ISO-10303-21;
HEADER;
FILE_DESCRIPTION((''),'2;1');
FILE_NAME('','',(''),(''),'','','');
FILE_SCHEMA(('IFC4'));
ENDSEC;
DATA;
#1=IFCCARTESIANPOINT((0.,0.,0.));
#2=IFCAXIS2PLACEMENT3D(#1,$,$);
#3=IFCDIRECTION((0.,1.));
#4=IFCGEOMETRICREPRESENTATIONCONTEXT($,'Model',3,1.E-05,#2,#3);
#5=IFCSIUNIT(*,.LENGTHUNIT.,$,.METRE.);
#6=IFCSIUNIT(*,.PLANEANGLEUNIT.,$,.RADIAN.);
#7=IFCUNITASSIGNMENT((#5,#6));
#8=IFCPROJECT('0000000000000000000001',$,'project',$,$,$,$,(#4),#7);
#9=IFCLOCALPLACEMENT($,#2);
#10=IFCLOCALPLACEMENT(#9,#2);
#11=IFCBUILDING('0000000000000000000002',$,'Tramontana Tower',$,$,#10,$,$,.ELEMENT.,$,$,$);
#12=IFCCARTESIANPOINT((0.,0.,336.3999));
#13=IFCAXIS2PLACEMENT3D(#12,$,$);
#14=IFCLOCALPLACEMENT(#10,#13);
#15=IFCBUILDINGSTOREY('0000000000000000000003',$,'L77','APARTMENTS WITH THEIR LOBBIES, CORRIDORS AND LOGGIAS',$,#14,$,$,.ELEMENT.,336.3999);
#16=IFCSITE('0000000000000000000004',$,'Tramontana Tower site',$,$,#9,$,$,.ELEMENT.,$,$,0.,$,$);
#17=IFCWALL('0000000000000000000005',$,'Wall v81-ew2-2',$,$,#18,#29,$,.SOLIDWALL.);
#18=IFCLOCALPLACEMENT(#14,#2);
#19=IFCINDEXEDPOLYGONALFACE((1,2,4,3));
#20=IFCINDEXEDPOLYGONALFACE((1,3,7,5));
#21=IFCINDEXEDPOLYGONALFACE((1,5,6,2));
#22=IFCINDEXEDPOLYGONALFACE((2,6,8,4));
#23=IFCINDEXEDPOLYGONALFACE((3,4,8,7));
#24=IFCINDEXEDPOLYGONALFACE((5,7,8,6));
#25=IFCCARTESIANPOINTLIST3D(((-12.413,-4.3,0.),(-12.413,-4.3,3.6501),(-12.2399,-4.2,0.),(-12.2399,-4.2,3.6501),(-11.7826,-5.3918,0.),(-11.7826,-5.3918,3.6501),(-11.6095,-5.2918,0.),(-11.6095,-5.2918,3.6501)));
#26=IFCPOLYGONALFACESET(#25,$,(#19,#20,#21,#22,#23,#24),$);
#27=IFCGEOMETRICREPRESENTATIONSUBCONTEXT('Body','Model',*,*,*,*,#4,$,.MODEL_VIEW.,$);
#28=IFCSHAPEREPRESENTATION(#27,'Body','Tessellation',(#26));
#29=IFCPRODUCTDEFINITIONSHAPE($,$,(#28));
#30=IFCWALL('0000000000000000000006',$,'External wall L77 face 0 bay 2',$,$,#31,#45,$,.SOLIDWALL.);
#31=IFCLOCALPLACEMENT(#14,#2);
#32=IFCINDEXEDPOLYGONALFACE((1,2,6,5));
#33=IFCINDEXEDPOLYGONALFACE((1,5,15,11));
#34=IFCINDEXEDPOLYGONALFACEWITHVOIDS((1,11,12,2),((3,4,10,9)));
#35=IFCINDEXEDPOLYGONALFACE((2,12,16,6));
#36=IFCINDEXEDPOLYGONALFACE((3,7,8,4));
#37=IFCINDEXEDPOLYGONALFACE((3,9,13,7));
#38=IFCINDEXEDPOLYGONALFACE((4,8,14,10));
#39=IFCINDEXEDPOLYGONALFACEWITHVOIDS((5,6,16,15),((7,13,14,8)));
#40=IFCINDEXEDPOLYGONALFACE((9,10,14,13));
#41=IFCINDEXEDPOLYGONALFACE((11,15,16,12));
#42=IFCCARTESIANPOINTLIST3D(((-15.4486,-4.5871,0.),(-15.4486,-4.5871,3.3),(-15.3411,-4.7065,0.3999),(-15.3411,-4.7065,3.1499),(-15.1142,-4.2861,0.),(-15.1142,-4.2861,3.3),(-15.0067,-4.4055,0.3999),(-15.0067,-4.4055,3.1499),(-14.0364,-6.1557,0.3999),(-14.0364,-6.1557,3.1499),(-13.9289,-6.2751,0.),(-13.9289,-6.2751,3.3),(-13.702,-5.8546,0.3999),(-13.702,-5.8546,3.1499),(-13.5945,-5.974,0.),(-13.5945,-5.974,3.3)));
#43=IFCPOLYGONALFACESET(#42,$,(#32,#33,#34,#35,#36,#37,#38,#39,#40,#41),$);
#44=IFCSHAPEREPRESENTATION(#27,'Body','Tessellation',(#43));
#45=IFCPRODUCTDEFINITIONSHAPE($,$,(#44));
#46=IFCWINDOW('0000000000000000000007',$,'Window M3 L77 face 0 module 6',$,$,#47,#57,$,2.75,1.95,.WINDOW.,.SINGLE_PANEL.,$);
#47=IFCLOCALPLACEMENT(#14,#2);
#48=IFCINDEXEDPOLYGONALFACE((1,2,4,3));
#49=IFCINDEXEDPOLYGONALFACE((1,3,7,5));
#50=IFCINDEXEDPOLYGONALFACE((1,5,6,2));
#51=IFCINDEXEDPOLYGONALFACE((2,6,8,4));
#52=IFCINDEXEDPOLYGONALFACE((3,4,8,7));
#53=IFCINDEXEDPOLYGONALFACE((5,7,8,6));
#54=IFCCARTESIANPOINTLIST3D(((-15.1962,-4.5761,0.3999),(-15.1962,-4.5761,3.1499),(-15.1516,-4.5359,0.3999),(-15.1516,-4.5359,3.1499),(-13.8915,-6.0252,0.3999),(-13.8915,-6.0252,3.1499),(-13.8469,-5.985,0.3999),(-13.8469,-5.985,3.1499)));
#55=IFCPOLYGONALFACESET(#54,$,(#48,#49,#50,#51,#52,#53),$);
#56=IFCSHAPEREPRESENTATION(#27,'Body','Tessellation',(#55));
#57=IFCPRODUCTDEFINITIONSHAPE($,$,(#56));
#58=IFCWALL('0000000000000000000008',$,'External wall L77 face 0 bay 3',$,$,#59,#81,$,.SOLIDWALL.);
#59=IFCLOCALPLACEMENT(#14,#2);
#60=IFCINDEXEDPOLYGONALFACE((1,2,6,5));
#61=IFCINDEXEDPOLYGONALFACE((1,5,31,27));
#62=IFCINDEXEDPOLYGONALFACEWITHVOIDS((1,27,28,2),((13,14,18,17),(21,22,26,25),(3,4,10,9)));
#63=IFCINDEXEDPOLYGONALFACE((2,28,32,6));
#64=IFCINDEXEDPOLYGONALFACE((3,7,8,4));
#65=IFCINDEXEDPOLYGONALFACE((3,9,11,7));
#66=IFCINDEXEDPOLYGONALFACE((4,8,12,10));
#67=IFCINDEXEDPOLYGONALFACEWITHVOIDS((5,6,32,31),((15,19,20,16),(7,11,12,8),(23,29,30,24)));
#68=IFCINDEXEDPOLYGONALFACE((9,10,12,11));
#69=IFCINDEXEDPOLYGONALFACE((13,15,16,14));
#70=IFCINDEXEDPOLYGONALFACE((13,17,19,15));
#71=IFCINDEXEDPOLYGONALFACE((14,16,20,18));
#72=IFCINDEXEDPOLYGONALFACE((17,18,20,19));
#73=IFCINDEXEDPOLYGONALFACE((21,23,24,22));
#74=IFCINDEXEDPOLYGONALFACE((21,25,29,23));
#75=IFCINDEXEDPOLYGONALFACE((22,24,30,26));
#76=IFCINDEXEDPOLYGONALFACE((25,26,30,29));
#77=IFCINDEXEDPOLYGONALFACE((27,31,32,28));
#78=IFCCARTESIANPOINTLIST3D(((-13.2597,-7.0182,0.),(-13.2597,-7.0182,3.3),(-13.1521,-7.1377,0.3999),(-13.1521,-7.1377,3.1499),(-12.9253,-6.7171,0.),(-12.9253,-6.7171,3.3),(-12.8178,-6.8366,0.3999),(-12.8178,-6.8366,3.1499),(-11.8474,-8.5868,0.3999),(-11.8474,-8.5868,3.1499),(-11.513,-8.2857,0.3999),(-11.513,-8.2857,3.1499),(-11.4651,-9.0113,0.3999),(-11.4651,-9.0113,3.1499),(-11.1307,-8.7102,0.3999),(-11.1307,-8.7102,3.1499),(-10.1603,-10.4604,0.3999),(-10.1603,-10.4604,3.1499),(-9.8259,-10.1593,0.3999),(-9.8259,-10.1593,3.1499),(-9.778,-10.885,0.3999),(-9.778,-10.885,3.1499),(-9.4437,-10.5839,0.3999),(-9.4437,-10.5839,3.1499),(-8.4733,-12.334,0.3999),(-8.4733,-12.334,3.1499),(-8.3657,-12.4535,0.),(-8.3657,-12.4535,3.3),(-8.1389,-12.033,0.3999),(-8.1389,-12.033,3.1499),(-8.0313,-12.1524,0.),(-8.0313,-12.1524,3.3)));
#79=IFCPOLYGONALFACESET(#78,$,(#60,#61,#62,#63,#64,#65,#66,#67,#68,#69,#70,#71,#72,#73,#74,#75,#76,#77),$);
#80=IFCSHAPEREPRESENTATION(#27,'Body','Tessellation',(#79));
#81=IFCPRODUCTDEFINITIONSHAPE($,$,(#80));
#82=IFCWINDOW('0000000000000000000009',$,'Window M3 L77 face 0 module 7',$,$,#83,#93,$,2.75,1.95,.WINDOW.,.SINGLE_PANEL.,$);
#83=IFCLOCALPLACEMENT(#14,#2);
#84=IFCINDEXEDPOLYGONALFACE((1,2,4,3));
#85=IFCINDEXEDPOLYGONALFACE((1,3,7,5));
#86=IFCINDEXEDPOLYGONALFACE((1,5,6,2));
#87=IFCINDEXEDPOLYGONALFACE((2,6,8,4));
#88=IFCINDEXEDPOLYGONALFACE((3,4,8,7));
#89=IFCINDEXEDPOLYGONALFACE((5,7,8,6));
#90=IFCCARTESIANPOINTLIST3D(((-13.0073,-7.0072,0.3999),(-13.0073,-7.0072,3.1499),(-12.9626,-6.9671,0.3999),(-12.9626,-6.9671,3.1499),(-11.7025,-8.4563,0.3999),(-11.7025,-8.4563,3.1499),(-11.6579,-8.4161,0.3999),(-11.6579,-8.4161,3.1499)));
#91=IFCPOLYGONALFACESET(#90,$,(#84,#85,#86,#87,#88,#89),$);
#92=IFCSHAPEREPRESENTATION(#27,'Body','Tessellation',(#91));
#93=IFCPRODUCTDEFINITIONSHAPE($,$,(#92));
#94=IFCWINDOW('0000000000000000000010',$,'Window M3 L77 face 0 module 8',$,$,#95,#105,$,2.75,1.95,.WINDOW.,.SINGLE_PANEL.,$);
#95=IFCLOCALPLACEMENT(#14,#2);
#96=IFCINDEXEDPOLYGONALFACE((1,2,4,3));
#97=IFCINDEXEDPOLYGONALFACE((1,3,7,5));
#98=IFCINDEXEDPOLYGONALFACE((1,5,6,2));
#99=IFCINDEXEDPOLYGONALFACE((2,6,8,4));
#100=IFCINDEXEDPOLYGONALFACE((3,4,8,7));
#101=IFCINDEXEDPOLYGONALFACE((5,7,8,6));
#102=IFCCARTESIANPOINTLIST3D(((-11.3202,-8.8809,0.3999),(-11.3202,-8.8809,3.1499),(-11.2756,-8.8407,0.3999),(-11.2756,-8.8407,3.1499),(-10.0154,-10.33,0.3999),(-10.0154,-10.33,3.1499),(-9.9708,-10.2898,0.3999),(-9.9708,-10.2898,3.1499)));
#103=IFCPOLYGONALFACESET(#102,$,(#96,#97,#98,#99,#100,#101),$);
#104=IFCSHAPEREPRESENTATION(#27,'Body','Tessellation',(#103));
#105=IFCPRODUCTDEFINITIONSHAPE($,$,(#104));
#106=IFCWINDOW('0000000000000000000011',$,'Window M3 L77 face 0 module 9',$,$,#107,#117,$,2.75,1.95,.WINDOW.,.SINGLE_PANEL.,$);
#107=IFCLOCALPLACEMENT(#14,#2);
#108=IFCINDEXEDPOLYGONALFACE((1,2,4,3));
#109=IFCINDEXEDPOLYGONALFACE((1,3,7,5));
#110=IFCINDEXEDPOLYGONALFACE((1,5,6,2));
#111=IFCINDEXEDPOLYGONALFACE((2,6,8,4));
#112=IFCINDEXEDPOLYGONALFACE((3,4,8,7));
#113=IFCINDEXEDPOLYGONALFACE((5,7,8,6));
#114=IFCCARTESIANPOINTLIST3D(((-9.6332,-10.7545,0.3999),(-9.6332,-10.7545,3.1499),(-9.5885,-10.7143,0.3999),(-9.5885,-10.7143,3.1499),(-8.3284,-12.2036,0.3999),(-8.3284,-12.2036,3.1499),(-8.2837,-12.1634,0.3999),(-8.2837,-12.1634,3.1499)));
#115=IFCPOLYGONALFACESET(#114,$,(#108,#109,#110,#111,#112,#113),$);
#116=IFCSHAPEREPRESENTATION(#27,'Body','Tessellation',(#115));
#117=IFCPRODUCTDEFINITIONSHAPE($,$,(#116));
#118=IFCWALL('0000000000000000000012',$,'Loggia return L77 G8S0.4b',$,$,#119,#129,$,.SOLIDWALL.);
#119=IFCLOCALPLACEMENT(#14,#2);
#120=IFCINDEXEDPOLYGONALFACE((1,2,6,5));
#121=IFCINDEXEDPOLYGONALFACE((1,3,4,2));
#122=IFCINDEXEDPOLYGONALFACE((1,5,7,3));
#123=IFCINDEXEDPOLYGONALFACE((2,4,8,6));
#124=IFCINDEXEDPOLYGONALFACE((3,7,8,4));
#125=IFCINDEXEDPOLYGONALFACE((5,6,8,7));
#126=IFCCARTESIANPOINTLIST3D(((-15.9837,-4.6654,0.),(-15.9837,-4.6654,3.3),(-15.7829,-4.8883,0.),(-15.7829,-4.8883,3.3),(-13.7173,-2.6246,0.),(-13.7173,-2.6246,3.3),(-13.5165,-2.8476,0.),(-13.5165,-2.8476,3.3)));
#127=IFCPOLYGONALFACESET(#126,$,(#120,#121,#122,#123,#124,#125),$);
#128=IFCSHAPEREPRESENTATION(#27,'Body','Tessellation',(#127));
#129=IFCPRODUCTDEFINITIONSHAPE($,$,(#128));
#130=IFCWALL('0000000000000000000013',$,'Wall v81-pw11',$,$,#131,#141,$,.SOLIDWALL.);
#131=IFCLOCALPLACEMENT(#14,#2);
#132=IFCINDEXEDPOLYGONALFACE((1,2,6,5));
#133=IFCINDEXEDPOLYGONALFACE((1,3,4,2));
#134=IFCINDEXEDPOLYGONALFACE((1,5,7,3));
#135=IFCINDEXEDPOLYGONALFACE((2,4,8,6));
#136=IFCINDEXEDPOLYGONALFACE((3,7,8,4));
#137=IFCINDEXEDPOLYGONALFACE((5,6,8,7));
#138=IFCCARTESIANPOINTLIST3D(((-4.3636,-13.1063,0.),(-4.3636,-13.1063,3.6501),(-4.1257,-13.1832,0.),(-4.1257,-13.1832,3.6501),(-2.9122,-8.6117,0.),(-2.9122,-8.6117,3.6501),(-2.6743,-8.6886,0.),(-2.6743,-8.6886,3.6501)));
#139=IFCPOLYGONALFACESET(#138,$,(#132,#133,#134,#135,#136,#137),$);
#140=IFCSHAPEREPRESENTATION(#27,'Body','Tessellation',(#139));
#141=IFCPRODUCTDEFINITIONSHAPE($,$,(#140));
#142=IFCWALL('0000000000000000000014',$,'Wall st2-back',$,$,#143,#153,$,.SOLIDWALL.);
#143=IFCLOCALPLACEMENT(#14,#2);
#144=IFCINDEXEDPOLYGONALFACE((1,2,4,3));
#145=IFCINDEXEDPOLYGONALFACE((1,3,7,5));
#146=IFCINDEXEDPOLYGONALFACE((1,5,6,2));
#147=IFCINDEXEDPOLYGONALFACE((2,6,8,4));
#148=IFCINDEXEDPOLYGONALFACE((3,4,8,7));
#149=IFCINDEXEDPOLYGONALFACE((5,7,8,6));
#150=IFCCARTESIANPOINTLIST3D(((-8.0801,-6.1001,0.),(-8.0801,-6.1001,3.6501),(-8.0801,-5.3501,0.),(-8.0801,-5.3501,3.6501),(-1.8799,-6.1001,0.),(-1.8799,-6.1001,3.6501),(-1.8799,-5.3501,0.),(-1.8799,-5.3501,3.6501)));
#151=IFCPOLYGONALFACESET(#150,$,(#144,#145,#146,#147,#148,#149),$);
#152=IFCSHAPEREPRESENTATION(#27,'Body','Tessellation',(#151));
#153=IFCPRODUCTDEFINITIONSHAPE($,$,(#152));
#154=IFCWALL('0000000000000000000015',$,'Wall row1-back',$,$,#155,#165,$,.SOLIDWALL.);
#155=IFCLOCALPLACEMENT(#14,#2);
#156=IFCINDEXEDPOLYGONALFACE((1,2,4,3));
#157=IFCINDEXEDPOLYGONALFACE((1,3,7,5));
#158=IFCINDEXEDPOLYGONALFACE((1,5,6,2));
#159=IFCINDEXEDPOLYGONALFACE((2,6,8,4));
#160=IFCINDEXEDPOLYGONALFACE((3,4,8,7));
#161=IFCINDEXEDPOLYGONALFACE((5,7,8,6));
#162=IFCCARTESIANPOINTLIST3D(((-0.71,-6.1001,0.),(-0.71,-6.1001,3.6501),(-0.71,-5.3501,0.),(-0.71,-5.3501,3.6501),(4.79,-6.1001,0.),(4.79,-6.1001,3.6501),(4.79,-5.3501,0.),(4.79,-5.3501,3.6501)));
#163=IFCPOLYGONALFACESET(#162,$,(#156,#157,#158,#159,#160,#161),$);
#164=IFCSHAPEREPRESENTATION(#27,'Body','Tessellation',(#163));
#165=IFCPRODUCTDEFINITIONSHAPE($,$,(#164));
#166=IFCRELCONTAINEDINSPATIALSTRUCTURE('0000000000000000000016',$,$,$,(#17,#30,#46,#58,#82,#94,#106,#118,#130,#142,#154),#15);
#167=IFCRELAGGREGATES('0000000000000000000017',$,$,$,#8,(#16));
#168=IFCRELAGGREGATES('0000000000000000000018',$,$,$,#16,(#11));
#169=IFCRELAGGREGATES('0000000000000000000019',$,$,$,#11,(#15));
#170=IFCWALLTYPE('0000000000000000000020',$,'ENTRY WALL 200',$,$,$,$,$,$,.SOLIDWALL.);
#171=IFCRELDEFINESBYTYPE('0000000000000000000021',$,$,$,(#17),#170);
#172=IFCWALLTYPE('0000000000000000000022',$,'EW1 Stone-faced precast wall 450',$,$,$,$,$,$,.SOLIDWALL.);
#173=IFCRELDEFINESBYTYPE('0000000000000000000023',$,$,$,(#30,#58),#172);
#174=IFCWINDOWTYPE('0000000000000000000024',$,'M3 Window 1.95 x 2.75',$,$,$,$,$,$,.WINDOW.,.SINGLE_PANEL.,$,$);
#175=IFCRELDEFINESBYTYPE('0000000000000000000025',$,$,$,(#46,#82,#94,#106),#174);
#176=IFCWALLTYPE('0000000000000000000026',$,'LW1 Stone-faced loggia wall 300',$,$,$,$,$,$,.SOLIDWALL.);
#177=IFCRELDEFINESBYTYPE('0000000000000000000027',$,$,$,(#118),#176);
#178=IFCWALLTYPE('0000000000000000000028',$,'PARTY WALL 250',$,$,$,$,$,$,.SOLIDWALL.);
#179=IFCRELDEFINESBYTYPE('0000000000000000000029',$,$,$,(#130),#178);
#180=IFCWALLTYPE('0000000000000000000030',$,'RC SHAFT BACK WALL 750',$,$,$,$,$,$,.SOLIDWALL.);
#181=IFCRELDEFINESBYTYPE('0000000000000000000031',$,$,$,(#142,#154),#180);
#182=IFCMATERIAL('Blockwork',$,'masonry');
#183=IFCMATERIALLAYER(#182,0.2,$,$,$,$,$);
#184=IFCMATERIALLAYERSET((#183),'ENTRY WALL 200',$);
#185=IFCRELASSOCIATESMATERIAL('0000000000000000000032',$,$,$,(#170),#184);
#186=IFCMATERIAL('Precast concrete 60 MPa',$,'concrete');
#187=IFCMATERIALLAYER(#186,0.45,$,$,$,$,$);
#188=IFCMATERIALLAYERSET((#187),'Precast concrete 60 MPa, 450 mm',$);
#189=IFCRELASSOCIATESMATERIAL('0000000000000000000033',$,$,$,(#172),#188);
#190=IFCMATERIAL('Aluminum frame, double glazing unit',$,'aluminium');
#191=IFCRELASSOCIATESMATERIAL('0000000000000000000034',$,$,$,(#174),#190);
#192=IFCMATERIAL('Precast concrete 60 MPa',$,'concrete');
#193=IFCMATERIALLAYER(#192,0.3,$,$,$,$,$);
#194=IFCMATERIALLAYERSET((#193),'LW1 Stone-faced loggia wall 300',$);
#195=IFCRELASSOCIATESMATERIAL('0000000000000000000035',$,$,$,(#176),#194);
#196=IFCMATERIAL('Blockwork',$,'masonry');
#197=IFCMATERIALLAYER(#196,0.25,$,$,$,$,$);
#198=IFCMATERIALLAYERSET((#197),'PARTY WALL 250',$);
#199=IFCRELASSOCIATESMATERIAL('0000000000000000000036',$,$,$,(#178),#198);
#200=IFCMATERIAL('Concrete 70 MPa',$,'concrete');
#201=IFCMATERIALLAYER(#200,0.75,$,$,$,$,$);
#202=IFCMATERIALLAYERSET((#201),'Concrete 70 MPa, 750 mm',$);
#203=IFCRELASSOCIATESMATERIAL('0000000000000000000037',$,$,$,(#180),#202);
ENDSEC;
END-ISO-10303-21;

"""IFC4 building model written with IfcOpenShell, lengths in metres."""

from ifc_helpers import new_model, si_unit, direction, frame, frame_2d, origin, place, context, subcontext, project, spatial, rectangle, extrude, material, layer, layer_set, type_object, element, fill, save


model = new_model("IFC4")

# Units and contexts
model_context = context("Model", 3, precision=1e-05, world=origin(), true_north=direction((0.0, 1.0)))
body_context = subcontext(model_context, "Body", "Model", "MODEL_VIEW")
ifc_project = project(units=[si_unit("LENGTHUNIT", "METRE"), si_unit("PLANEANGLEUNIT", "RADIAN")], contexts=[model_context])

# Site, building, storey
site_placement = place(None, origin())
site = spatial("IfcSite", under=ifc_project, at=site_placement, Name="Tramontana Tower site", CompositionType="ELEMENT", RefElevation=0.0)
building_placement = place(site_placement, origin())
building = spatial("IfcBuilding", under=site, at=building_placement, Name="Tramontana Tower", CompositionType="ELEMENT")
storey_placement = place(building_placement, frame((0.0, 0.0, 336.3999)))
storey = spatial("IfcBuildingStorey", under=building, at=storey_placement, Name="L77", Description="APARTMENTS WITH THEIR LOBBIES, CORRIDORS AND LOGGIAS", CompositionType="ELEMENT", Elevation=336.3999)

# Wall
ifc_material_1 = material(Name="Blockwork", Category="masonry")
ifc_layer_1 = layer(ifc_material_1, 0.2)
ifc_layer_set_1 = layer_set([ifc_layer_1], Name="ENTRY WALL 200")
wall_type_1 = type_object("IfcWallType", Name="ENTRY WALL 200", PredefinedType="SOLIDWALL", material=ifc_layer_set_1)
wall_1_placement = place(storey_placement, frame((-11.696, -5.3418, 0.0), z_axis=(0.0, 0.0, 1.0), x_axis=(-0.500013, 0.866018, 0.0)))
element("IfcWall", 1, at=wall_1_placement, inside=storey, type_object=wall_type_1, Name="Wall v81-ew2-2", PredefinedType="SOLIDWALL", context=body_context, shape_type="SweptSolid", body=[
    extrude(rectangle(XDim=1.2607, YDim=0.2, at=frame_2d((0.6304, 0.0))), origin(), (0.0, 0.0, 1.0), 3.6501),
])

# Wall, opening, window
ifc_material_2 = material(Name="Precast concrete 60 MPa", Category="concrete")
ifc_layer_2 = layer(ifc_material_2, 0.45)
ifc_layer_set_2 = layer_set([ifc_layer_2], Name="Precast concrete 60 MPa, 450 mm")
wall_type_2 = type_object("IfcWallType", Name="EW1 Stone-faced precast wall 450", PredefinedType="SOLIDWALL", material=ifc_layer_set_2)
wall_2_placement = place(storey_placement, frame((-15.2815, -4.4365, 0.0), z_axis=(0.0, 0.0, 1.0), x_axis=(0.669107, -0.743166, 0.0)))
wall_2 = element("IfcWall", 2, at=wall_2_placement, inside=storey, type_object=wall_type_2, Name="External wall L77 face 0 bay 2", PredefinedType="SOLIDWALL", context=body_context, shape_type="SweptSolid", body=[
    extrude(rectangle(XDim=2.2712, YDim=0.45, at=frame_2d((1.1357, 0.0))), origin(), (0.0, 0.0, 1.0), 3.3),
])
opening_1_placement = place(wall_2_placement, frame((0.1606, 0.0, 0.3999)))
opening_1 = element("IfcOpeningElement", 3, at=opening_1_placement, cuts=wall_2, PredefinedType="OPENING", context=body_context, shape_type="SweptSolid", body=[
    extrude(rectangle(XDim=1.95, YDim=2.75, at=frame_2d((0.9751, 1.375))), frame((0.0, 0.2349, 0.0), z_axis=(0.0, -1.0, 0.0), x_axis=(1.0, 0.0, 0.0)), (0.0, 0.0, 1.0), 0.47),
])
ifc_material_3 = material(Name="Aluminum frame, double glazing unit", Category="aluminium")
window_type = type_object("IfcWindowType", Name="M3 Window 1.95 x 2.75", PartitioningType="SINGLE_PANEL", PredefinedType="WINDOW", material=ifc_material_3)
window_1_placement = place(opening_1_placement, origin())
window_1 = element("IfcWindow", 4, at=window_1_placement, inside=storey, type_object=window_type, Name="Window M3 L77 face 0 module 6", OverallHeight=2.75, OverallWidth=1.95, PartitioningType="SINGLE_PANEL", PredefinedType="WINDOW", context=body_context, shape_type="SweptSolid", body=[
    extrude(rectangle(XDim=1.95, YDim=2.75, at=frame_2d((0.9751, 1.375))), frame((0.0, 0.03, 0.0), z_axis=(0.0, -1.0, 0.0), x_axis=(1.0, 0.0, 0.0)), (0.0, 0.0, 1.0), 0.0601),
])
fill(opening_1, window_1)

# Wall, openings, windows
wall_3_placement = place(storey_placement, frame((-13.0925, -6.8677, 0.0), z_axis=(0.0, 0.0, 1.0), x_axis=(0.669136, -0.74314, 0.0)))
wall_3 = element("IfcWall", 5, at=wall_3_placement, inside=storey, type_object=wall_type_2, Name="External wall L77 face 0 bay 3", PredefinedType="SOLIDWALL", context=body_context, shape_type="SweptSolid", body=[
    extrude(rectangle(XDim=7.314, YDim=0.45, at=frame_2d((3.657, 0.0))), origin(), (0.0, 0.0, 1.0), 3.3),
])
opening_2_placement = place(wall_3_placement, frame((0.1606, 0.0, 0.3999)))
opening_2 = element("IfcOpeningElement", 6, at=opening_2_placement, cuts=wall_3, PredefinedType="OPENING", context=body_context, shape_type="SweptSolid", body=[
    extrude(rectangle(XDim=1.95, YDim=2.75, at=frame_2d((0.9751, 1.375))), frame((0.0, 0.2349, 0.0), z_axis=(0.0, -1.0, 0.0), x_axis=(1.0, 0.0, 0.0)), (0.0, 0.0, 1.0), 0.47),
])
opening_3_placement = place(wall_3_placement, frame((2.6819, 0.0, 0.3999)))
opening_3 = element("IfcOpeningElement", 7, at=opening_3_placement, cuts=wall_3, PredefinedType="OPENING", context=body_context, shape_type="SweptSolid", body=[
    extrude(rectangle(XDim=1.95, YDim=2.75, at=frame_2d((0.9751, 1.375))), frame((0.0, 0.2349, 0.0), z_axis=(0.0, -1.0, 0.0), x_axis=(1.0, 0.0, 0.0)), (0.0, 0.0, 1.0), 0.47),
])
opening_4_placement = place(wall_3_placement, frame((5.2031, 0.0, 0.3999)))
opening_4 = element("IfcOpeningElement", 8, at=opening_4_placement, cuts=wall_3, PredefinedType="OPENING", context=body_context, shape_type="SweptSolid", body=[
    extrude(rectangle(XDim=1.95, YDim=2.75, at=frame_2d((0.9751, 1.375))), frame((0.0, 0.2349, 0.0), z_axis=(0.0, -1.0, 0.0), x_axis=(1.0, 0.0, 0.0)), (0.0, 0.0, 1.0), 0.47),
])
window_2_placement = place(opening_2_placement, origin())
window_2 = element("IfcWindow", 9, at=window_2_placement, inside=storey, type_object=window_type, Name="Window M3 L77 face 0 module 7", OverallHeight=2.75, OverallWidth=1.95, PartitioningType="SINGLE_PANEL", PredefinedType="WINDOW", context=body_context, shape_type="SweptSolid", body=[
    extrude(rectangle(XDim=1.95, YDim=2.75, at=frame_2d((0.9751, 1.375))), frame((0.0, 0.03, 0.0), z_axis=(0.0, -1.0, 0.0), x_axis=(1.0, 0.0, 0.0)), (0.0, 0.0, 1.0), 0.0601),
])
fill(opening_2, window_2)
window_3_placement = place(opening_3_placement, origin())
window_3 = element("IfcWindow", 10, at=window_3_placement, inside=storey, type_object=window_type, Name="Window M3 L77 face 0 module 8", OverallHeight=2.75, OverallWidth=1.95, PartitioningType="SINGLE_PANEL", PredefinedType="WINDOW", context=body_context, shape_type="SweptSolid", body=[
    extrude(rectangle(XDim=1.95, YDim=2.75, at=frame_2d((0.9751, 1.375))), frame((0.0, 0.03, 0.0), z_axis=(0.0, -1.0, 0.0), x_axis=(1.0, 0.0, 0.0)), (0.0, 0.0, 1.0), 0.0601),
])
fill(opening_3, window_3)
window_4_placement = place(opening_4_placement, origin())
window_4 = element("IfcWindow", 11, at=window_4_placement, inside=storey, type_object=window_type, Name="Window M3 L77 face 0 module 9", OverallHeight=2.75, OverallWidth=1.95, PartitioningType="SINGLE_PANEL", PredefinedType="WINDOW", context=body_context, shape_type="SweptSolid", body=[
    extrude(rectangle(XDim=1.95, YDim=2.75, at=frame_2d((0.9751, 1.375))), frame((0.0, 0.03, 0.0), z_axis=(0.0, -1.0, 0.0), x_axis=(1.0, 0.0, 0.0)), (0.0, 0.0, 1.0), 0.0601),
])
fill(opening_4, window_4)

# Walls
ifc_material_4 = material(Name="Precast concrete 60 MPa", Category="concrete")
ifc_layer_3 = layer(ifc_material_4, 0.3)
ifc_layer_set_3 = layer_set([ifc_layer_3], Name="LW1 Stone-faced loggia wall 300")
wall_type_3 = type_object("IfcWallType", Name="LW1 Stone-faced loggia wall 300", PredefinedType="SOLIDWALL", material=ifc_layer_set_3)
wall_4_placement = place(storey_placement, frame((-15.8833, -4.7769, 0.0), z_axis=(0.0, 0.0, 1.0), x_axis=(0.743123, 0.669155, 0.0)))
element("IfcWall", 12, at=wall_4_placement, inside=storey, type_object=wall_type_3, Name="Loggia return L77 G8S0.4b", PredefinedType="SOLIDWALL", context=body_context, shape_type="SweptSolid", body=[
    extrude(rectangle(XDim=3.0498, YDim=0.3, at=frame_2d((1.5249, 0.0))), origin(), (0.0, 0.0, 1.0), 3.3),
])
ifc_material_5 = material(Name="Blockwork", Category="masonry")
ifc_layer_4 = layer(ifc_material_5, 0.25)
ifc_layer_set_4 = layer_set([ifc_layer_4], Name="PARTY WALL 250")
wall_type_4 = type_object("IfcWallType", Name="PARTY WALL 250", PredefinedType="SOLIDWALL", material=ifc_layer_set_4)
wall_5_placement = place(storey_placement, frame((-2.7932, -8.6501, 0.0), z_axis=(0.0, 0.0, 1.0), x_axis=(-0.307297, -0.951614, 0.0)))
element("IfcWall", 13, at=wall_5_placement, inside=storey, type_object=wall_type_4, Name="Wall v81-pw11", PredefinedType="SOLIDWALL", context=body_context, shape_type="SweptSolid", body=[
    extrude(rectangle(XDim=4.7231, YDim=0.25, at=frame_2d((2.3616, 0.0))), origin(), (0.0, 0.0, 1.0), 3.6501),
])
ifc_material_6 = material(Name="Concrete 70 MPa", Category="concrete")
ifc_layer_5 = layer(ifc_material_6, 0.75)
ifc_layer_set_5 = layer_set([ifc_layer_5], Name="Concrete 70 MPa, 750 mm")
wall_type_5 = type_object("IfcWallType", Name="RC SHAFT BACK WALL 750", PredefinedType="SOLIDWALL", material=ifc_layer_set_5)
wall_6_placement = place(storey_placement, frame((-8.0801, -5.7251, 0.0), z_axis=(0.0, 0.0, 1.0), x_axis=(1.0, 0.0, 0.0)))
element("IfcWall", 14, at=wall_6_placement, inside=storey, type_object=wall_type_5, Name="Wall st2-back", PredefinedType="SOLIDWALL", context=body_context, shape_type="SweptSolid", body=[
    extrude(rectangle(XDim=6.2002, YDim=0.75, at=frame_2d((3.1001, 0.0))), origin(), (0.0, 0.0, 1.0), 3.6501),
])
wall_7_placement = place(storey_placement, frame((-0.71, -5.7251, 0.0), z_axis=(0.0, 0.0, 1.0), x_axis=(1.0, 0.0, 0.0)))
element("IfcWall", 15, at=wall_7_placement, inside=storey, type_object=wall_type_5, Name="Wall row1-back", PredefinedType="SOLIDWALL", context=body_context, shape_type="SweptSolid", body=[
    extrude(rectangle(XDim=5.5, YDim=0.75, at=frame_2d((2.75, 0.0))), origin(), (0.0, 0.0, 1.0), 3.6501),
])

save(model, "model.ifc")
